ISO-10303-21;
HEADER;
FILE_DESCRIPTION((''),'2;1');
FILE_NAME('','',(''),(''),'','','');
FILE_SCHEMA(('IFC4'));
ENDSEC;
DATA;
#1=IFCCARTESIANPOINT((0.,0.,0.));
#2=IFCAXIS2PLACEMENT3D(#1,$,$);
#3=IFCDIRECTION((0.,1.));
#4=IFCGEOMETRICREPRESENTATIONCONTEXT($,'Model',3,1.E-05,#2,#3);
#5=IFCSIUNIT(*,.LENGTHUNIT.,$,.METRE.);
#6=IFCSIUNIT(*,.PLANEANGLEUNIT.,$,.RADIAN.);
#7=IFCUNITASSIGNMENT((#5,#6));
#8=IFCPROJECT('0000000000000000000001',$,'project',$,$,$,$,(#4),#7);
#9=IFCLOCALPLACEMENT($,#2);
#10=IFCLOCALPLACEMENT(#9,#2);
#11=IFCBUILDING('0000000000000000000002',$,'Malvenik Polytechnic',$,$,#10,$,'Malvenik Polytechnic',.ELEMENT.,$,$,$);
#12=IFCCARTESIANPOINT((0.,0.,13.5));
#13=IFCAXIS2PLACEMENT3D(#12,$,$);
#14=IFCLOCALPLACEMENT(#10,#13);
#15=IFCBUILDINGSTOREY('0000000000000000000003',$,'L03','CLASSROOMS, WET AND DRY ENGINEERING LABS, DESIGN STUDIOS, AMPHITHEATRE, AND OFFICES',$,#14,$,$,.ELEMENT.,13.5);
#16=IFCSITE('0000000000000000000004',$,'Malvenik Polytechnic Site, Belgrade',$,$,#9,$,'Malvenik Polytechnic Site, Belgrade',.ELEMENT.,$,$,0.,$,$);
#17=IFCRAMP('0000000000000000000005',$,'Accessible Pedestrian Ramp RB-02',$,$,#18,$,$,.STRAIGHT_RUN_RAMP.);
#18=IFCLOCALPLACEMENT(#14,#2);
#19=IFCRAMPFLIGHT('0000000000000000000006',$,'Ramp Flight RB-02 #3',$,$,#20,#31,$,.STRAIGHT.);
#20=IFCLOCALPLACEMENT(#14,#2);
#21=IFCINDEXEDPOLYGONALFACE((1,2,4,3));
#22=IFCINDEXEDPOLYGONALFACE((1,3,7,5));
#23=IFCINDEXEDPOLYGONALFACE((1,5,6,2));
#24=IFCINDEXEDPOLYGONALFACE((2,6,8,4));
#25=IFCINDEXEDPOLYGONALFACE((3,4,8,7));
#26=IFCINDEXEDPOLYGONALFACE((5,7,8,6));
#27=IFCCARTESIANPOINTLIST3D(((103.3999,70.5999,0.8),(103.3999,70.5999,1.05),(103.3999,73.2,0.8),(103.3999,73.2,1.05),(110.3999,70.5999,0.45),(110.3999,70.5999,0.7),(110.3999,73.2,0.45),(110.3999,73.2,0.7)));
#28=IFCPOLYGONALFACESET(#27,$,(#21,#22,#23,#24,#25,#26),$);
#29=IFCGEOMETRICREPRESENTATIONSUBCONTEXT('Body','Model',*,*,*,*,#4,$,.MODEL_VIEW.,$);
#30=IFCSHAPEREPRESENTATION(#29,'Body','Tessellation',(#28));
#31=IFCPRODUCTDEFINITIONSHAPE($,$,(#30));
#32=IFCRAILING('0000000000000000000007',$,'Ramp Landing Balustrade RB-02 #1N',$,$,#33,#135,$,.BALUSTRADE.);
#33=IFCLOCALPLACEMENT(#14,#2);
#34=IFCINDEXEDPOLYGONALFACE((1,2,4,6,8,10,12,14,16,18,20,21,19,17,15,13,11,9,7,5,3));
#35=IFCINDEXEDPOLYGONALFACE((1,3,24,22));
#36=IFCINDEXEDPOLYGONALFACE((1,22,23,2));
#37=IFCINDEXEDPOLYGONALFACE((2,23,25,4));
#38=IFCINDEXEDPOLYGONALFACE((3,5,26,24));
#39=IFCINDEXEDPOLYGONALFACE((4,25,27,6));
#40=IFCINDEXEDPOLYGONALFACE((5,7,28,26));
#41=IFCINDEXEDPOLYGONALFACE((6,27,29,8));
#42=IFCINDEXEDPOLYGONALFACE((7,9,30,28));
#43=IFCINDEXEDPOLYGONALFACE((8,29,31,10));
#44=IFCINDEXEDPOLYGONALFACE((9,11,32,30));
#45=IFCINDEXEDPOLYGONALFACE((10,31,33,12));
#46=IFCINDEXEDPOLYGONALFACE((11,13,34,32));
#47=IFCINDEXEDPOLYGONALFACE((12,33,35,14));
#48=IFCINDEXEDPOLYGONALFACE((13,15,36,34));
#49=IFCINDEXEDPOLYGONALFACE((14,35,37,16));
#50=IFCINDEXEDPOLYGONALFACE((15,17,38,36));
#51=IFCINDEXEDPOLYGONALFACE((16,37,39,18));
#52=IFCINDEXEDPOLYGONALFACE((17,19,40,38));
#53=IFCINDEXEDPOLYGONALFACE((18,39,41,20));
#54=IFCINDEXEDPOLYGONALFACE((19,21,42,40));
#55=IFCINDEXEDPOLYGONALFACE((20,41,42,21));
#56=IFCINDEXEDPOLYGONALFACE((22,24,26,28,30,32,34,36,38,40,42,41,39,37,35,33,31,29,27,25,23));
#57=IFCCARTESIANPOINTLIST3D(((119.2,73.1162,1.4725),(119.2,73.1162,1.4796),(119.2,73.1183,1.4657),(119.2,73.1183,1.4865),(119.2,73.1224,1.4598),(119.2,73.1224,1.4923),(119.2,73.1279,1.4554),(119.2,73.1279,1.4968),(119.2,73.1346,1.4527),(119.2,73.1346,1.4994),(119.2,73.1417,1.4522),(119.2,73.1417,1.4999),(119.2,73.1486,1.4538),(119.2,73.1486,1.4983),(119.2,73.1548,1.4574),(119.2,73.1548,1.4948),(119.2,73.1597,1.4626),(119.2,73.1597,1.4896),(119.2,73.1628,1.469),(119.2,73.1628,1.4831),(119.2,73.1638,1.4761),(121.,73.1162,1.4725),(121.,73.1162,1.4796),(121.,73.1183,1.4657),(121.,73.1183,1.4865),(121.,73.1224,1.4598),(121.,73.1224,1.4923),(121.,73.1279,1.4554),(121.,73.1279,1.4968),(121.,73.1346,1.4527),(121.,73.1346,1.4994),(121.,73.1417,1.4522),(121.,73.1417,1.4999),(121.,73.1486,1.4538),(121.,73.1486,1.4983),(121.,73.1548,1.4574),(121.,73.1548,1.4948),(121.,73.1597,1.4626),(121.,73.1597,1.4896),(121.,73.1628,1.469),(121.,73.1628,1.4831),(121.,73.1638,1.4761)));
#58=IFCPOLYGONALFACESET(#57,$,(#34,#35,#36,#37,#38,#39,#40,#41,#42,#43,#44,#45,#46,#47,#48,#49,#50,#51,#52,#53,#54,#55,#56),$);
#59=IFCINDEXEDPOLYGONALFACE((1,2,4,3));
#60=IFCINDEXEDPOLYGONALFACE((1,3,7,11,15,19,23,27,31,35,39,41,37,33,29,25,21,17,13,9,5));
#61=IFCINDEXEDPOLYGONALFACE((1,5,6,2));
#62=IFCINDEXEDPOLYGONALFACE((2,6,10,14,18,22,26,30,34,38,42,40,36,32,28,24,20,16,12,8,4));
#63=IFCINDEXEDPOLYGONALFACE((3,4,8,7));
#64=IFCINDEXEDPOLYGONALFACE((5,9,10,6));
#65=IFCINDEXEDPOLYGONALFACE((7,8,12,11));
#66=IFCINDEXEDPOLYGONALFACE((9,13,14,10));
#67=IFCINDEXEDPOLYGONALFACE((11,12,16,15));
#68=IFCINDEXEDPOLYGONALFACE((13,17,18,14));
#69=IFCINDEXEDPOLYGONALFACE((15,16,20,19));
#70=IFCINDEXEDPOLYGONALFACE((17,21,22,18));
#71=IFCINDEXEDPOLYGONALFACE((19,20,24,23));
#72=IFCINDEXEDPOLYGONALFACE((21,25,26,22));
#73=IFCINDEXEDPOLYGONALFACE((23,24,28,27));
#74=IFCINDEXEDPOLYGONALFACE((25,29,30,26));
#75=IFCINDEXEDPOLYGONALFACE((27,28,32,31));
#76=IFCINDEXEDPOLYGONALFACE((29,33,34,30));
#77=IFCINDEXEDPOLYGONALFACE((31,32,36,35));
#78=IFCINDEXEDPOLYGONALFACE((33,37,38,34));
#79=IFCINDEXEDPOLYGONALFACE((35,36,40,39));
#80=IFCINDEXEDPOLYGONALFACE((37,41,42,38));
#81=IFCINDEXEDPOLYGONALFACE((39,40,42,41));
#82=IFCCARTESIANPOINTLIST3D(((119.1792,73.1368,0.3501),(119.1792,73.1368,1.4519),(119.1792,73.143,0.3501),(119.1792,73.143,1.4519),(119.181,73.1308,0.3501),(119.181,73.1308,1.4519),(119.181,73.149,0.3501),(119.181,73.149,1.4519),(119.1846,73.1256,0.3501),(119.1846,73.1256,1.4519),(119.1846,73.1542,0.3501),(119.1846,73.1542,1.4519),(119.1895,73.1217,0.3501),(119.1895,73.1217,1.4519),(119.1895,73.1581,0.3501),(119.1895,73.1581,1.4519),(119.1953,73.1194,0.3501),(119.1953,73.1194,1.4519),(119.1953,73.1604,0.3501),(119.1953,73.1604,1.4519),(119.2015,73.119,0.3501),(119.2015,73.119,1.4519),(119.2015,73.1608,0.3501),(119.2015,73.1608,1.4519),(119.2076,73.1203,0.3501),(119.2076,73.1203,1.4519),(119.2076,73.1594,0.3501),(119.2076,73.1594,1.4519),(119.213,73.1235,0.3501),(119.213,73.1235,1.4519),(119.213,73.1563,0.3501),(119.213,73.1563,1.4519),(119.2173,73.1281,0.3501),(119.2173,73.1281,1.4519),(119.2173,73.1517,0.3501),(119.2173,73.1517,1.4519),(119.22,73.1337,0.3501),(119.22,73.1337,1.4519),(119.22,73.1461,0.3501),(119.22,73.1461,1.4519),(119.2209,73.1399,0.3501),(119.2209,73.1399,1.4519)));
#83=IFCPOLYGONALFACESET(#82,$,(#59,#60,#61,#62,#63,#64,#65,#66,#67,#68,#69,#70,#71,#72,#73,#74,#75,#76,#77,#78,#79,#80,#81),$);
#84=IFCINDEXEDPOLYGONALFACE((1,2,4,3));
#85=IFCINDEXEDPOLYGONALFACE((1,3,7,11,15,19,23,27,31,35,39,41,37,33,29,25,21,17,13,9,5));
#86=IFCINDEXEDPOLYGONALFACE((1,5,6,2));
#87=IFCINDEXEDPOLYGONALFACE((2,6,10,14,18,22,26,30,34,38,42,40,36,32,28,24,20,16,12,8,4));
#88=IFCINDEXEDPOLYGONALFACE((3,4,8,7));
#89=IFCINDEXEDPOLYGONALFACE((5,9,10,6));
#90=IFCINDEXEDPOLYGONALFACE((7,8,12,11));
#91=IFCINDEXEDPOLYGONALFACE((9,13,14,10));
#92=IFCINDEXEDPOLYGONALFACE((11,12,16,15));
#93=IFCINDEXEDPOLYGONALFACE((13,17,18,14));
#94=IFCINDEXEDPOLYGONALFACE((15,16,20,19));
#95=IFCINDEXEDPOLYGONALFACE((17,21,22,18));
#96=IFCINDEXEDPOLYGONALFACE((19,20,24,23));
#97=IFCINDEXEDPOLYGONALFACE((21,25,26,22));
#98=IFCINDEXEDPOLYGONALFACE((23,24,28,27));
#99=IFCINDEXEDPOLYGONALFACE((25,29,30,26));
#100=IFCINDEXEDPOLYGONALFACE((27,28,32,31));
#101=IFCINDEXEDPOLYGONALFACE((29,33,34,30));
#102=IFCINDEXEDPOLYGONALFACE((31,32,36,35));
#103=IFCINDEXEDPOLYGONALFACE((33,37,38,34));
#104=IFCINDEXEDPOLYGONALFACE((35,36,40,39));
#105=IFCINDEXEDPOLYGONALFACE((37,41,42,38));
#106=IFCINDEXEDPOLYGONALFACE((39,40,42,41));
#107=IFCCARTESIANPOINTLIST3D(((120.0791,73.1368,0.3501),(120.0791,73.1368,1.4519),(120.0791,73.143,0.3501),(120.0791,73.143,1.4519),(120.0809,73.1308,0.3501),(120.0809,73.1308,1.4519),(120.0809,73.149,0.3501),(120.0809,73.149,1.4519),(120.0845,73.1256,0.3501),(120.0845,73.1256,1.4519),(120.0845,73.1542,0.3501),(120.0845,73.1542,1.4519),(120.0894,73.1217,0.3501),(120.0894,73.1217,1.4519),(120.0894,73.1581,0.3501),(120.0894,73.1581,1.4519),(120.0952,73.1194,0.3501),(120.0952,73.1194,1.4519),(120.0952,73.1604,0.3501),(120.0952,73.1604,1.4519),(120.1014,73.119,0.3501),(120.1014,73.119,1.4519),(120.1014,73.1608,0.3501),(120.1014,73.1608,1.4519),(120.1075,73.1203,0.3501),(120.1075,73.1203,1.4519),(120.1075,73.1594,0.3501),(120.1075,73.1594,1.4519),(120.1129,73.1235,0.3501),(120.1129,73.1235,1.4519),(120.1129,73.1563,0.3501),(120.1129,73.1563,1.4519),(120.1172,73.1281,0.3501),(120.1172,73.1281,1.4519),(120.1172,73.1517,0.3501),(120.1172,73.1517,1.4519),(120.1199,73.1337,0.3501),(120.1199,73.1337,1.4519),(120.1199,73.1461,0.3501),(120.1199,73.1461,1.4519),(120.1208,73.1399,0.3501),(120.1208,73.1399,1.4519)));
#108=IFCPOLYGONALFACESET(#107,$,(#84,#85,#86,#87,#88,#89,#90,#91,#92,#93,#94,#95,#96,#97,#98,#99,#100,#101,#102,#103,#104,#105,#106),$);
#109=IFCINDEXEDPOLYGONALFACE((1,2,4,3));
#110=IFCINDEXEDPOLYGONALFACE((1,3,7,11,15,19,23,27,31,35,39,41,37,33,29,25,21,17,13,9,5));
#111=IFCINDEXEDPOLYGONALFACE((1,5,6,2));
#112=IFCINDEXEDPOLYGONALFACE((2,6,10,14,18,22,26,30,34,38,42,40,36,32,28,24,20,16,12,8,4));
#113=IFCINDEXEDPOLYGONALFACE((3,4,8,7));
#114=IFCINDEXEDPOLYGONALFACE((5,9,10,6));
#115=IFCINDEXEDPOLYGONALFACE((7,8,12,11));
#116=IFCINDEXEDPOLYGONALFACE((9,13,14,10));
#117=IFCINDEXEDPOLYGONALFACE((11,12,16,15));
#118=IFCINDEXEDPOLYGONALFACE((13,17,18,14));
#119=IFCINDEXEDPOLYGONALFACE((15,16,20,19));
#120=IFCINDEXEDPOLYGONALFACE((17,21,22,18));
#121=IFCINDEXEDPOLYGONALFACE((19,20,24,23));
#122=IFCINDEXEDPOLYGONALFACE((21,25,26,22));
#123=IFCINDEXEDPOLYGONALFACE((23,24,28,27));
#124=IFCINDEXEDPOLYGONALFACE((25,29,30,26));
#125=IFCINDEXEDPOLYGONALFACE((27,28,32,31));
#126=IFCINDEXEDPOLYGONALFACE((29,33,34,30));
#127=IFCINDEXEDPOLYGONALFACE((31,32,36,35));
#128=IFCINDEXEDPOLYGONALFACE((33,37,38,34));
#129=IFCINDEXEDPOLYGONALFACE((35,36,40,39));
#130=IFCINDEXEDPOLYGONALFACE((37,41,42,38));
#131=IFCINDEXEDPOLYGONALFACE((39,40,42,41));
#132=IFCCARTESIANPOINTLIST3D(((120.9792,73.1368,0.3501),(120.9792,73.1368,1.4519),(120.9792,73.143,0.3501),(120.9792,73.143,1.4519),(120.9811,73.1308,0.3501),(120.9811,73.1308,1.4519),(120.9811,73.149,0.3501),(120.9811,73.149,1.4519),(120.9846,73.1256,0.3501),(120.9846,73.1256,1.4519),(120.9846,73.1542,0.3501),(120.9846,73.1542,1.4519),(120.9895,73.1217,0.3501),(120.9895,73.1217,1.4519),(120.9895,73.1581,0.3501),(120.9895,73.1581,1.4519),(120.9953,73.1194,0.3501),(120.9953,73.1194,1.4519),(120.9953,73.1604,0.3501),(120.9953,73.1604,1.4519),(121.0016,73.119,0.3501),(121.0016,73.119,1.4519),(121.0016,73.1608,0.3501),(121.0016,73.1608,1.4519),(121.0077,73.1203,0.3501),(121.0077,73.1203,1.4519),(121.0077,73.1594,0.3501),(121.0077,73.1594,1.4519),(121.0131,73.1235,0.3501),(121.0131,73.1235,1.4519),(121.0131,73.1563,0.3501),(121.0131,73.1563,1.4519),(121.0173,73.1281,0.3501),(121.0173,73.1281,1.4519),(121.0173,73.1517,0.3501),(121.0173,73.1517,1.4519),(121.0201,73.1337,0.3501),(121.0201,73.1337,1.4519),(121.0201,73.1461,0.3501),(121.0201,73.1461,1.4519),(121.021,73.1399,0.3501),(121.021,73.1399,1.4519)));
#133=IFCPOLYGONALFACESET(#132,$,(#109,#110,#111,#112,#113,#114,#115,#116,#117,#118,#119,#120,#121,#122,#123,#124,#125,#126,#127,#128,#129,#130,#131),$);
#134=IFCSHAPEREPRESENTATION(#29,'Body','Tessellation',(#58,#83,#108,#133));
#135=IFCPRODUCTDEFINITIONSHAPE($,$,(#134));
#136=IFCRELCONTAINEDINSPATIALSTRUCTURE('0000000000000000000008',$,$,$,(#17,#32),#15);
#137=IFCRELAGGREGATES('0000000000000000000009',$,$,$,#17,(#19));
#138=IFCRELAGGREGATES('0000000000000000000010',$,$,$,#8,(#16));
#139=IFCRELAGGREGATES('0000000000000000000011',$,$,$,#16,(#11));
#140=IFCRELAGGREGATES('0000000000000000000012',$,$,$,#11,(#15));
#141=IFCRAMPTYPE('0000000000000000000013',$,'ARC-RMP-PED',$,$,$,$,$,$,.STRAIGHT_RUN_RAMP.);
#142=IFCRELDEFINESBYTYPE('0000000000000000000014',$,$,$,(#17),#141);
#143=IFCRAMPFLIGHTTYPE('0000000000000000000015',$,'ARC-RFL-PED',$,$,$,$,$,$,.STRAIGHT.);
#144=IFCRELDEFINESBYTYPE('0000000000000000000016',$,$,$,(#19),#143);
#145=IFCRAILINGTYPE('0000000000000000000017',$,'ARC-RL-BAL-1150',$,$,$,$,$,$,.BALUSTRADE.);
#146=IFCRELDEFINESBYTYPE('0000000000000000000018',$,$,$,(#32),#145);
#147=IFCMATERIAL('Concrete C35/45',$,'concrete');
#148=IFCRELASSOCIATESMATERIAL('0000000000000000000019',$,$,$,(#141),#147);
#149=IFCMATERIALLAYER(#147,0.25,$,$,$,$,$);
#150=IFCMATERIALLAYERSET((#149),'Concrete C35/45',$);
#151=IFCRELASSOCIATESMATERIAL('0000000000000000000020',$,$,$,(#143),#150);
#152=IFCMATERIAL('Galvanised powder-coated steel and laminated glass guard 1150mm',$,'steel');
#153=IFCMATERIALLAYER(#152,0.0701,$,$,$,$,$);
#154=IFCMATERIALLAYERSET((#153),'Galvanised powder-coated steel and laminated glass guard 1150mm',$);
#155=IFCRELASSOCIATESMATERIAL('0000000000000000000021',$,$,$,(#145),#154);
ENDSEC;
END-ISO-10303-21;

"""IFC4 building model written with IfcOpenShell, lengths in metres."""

from ifc_helpers import new_model, si_unit, direction, frame, origin, origin_2d, place, context, subcontext, project, spatial, polyline, circle, outline, extrude, material, layer, layer_set, type_object, element, aggregate, save


model = new_model("IFC4")

# Units and contexts
model_context = context("Model", 3, precision=1e-05, world=origin(), true_north=direction((0.0, 1.0)))
body_context = subcontext(model_context, "Body", "Model", "MODEL_VIEW")
ifc_project = project(units=[si_unit("LENGTHUNIT", "METRE"), si_unit("PLANEANGLEUNIT", "RADIAN")], contexts=[model_context])

# Site, building, storey
site_placement = place(None, origin())
site = spatial("IfcSite", under=ifc_project, at=site_placement, Name="Malvenik Polytechnic Site, Belgrade", LongName="Malvenik Polytechnic Site, Belgrade", CompositionType="ELEMENT", RefElevation=0.0)
building_placement = place(site_placement, origin())
building = spatial("IfcBuilding", under=site, at=building_placement, Name="Malvenik Polytechnic", LongName="Malvenik Polytechnic", CompositionType="ELEMENT")
storey_placement = place(building_placement, frame((0.0, 0.0, 13.5)))
storey = spatial("IfcBuildingStorey", under=building, at=storey_placement, Name="L03", Description="CLASSROOMS, WET AND DRY ENGINEERING LABS, DESIGN STUDIOS, AMPHITHEATRE, AND OFFICES", CompositionType="ELEMENT", Elevation=13.5)

# Ramp, ramp flight
ifc_material_1 = material(Name="Concrete C35/45", Category="concrete")
ramp_type = type_object("IfcRampType", Name="ARC-RMP-PED", PredefinedType="STRAIGHT_RUN_RAMP", material=ifc_material_1)
ramp_placement = place(storey_placement, origin())
ramp = element("IfcRamp", 1, at=ramp_placement, inside=storey, type_object=ramp_type, Name="Accessible Pedestrian Ramp RB-02", PredefinedType="STRAIGHT_RUN_RAMP")
ifc_layer_1 = layer(ifc_material_1, 0.25)
ifc_layer_set_1 = layer_set([ifc_layer_1], Name="Concrete C35/45")
ramp_flight_type = type_object("IfcRampFlightType", Name="ARC-RFL-PED", PredefinedType="STRAIGHT", material=ifc_layer_set_1)
ramp_flight_1_placement = place(storey_placement, frame((110.3999, 71.8999, 0.7), z_axis=(0.0, 0.0, 1.0), x_axis=(-1.0, 0.0, 0.0)))
ramp_flight_1 = element("IfcRampFlight", 2, at=ramp_flight_1_placement, type_object=ramp_flight_type, Name="Ramp Flight RB-02 #3", PredefinedType="STRAIGHT", context=body_context, shape_type="SweptSolid", body=[
    extrude(outline(polyline([(0.0, -0.25), (7.0, 0.1001), (7.0, 0.3501), (0.0, 0.0), (0.0, -0.25)])), frame((0.0, 1.3, 0.0), z_axis=(0.0, -1.0, 0.0), x_axis=(1.0, 0.0, 0.0)), (0.0, 0.0, 1.0), 2.6001),
])
aggregate(ramp, [ramp_flight_1])

# Railing
ifc_material_2 = material(Name="Galvanised powder-coated steel and laminated glass guard 1150mm", Category="steel")
ifc_layer_2 = layer(ifc_material_2, 0.0701)
ifc_layer_set_2 = layer_set([ifc_layer_2], Name="Galvanised powder-coated steel and laminated glass guard 1150mm")
railing_type_1 = type_object("IfcRailingType", Name="ARC-RL-BAL-1150", PredefinedType="BALUSTRADE", material=ifc_layer_set_2)
railing_1_placement = place(storey_placement, frame((119.2, 73.1399, 0.3501)))
element("IfcRailing", 3, at=railing_1_placement, inside=storey, type_object=railing_type_1, Name="Ramp Landing Balustrade RB-02 #1N", PredefinedType="BALUSTRADE", context=body_context, shape_type="SweptSolid", body=[
    extrude(circle(Radius=0.0239, at=origin_2d()), frame((0.0, 0.0, 1.126), z_axis=(1.0, 0.0, 0.0), x_axis=(0.0, 1.0, 0.0)), (0.0, 0.0, 1.0), 1.8),
    extrude(circle(Radius=0.021, at=origin_2d()), origin(), (0.0, 0.0, 1.0), 1.1018),
    extrude(circle(Radius=0.021, at=origin_2d()), frame((0.8999, 0.0, 0.0)), (0.0, 0.0, 1.0), 1.1018),
    extrude(circle(Radius=0.021, at=origin_2d()), frame((1.8, 0.0, 0.0)), (0.0, 0.0, 1.0), 1.1018),
])

save(model, "model.ifc")
